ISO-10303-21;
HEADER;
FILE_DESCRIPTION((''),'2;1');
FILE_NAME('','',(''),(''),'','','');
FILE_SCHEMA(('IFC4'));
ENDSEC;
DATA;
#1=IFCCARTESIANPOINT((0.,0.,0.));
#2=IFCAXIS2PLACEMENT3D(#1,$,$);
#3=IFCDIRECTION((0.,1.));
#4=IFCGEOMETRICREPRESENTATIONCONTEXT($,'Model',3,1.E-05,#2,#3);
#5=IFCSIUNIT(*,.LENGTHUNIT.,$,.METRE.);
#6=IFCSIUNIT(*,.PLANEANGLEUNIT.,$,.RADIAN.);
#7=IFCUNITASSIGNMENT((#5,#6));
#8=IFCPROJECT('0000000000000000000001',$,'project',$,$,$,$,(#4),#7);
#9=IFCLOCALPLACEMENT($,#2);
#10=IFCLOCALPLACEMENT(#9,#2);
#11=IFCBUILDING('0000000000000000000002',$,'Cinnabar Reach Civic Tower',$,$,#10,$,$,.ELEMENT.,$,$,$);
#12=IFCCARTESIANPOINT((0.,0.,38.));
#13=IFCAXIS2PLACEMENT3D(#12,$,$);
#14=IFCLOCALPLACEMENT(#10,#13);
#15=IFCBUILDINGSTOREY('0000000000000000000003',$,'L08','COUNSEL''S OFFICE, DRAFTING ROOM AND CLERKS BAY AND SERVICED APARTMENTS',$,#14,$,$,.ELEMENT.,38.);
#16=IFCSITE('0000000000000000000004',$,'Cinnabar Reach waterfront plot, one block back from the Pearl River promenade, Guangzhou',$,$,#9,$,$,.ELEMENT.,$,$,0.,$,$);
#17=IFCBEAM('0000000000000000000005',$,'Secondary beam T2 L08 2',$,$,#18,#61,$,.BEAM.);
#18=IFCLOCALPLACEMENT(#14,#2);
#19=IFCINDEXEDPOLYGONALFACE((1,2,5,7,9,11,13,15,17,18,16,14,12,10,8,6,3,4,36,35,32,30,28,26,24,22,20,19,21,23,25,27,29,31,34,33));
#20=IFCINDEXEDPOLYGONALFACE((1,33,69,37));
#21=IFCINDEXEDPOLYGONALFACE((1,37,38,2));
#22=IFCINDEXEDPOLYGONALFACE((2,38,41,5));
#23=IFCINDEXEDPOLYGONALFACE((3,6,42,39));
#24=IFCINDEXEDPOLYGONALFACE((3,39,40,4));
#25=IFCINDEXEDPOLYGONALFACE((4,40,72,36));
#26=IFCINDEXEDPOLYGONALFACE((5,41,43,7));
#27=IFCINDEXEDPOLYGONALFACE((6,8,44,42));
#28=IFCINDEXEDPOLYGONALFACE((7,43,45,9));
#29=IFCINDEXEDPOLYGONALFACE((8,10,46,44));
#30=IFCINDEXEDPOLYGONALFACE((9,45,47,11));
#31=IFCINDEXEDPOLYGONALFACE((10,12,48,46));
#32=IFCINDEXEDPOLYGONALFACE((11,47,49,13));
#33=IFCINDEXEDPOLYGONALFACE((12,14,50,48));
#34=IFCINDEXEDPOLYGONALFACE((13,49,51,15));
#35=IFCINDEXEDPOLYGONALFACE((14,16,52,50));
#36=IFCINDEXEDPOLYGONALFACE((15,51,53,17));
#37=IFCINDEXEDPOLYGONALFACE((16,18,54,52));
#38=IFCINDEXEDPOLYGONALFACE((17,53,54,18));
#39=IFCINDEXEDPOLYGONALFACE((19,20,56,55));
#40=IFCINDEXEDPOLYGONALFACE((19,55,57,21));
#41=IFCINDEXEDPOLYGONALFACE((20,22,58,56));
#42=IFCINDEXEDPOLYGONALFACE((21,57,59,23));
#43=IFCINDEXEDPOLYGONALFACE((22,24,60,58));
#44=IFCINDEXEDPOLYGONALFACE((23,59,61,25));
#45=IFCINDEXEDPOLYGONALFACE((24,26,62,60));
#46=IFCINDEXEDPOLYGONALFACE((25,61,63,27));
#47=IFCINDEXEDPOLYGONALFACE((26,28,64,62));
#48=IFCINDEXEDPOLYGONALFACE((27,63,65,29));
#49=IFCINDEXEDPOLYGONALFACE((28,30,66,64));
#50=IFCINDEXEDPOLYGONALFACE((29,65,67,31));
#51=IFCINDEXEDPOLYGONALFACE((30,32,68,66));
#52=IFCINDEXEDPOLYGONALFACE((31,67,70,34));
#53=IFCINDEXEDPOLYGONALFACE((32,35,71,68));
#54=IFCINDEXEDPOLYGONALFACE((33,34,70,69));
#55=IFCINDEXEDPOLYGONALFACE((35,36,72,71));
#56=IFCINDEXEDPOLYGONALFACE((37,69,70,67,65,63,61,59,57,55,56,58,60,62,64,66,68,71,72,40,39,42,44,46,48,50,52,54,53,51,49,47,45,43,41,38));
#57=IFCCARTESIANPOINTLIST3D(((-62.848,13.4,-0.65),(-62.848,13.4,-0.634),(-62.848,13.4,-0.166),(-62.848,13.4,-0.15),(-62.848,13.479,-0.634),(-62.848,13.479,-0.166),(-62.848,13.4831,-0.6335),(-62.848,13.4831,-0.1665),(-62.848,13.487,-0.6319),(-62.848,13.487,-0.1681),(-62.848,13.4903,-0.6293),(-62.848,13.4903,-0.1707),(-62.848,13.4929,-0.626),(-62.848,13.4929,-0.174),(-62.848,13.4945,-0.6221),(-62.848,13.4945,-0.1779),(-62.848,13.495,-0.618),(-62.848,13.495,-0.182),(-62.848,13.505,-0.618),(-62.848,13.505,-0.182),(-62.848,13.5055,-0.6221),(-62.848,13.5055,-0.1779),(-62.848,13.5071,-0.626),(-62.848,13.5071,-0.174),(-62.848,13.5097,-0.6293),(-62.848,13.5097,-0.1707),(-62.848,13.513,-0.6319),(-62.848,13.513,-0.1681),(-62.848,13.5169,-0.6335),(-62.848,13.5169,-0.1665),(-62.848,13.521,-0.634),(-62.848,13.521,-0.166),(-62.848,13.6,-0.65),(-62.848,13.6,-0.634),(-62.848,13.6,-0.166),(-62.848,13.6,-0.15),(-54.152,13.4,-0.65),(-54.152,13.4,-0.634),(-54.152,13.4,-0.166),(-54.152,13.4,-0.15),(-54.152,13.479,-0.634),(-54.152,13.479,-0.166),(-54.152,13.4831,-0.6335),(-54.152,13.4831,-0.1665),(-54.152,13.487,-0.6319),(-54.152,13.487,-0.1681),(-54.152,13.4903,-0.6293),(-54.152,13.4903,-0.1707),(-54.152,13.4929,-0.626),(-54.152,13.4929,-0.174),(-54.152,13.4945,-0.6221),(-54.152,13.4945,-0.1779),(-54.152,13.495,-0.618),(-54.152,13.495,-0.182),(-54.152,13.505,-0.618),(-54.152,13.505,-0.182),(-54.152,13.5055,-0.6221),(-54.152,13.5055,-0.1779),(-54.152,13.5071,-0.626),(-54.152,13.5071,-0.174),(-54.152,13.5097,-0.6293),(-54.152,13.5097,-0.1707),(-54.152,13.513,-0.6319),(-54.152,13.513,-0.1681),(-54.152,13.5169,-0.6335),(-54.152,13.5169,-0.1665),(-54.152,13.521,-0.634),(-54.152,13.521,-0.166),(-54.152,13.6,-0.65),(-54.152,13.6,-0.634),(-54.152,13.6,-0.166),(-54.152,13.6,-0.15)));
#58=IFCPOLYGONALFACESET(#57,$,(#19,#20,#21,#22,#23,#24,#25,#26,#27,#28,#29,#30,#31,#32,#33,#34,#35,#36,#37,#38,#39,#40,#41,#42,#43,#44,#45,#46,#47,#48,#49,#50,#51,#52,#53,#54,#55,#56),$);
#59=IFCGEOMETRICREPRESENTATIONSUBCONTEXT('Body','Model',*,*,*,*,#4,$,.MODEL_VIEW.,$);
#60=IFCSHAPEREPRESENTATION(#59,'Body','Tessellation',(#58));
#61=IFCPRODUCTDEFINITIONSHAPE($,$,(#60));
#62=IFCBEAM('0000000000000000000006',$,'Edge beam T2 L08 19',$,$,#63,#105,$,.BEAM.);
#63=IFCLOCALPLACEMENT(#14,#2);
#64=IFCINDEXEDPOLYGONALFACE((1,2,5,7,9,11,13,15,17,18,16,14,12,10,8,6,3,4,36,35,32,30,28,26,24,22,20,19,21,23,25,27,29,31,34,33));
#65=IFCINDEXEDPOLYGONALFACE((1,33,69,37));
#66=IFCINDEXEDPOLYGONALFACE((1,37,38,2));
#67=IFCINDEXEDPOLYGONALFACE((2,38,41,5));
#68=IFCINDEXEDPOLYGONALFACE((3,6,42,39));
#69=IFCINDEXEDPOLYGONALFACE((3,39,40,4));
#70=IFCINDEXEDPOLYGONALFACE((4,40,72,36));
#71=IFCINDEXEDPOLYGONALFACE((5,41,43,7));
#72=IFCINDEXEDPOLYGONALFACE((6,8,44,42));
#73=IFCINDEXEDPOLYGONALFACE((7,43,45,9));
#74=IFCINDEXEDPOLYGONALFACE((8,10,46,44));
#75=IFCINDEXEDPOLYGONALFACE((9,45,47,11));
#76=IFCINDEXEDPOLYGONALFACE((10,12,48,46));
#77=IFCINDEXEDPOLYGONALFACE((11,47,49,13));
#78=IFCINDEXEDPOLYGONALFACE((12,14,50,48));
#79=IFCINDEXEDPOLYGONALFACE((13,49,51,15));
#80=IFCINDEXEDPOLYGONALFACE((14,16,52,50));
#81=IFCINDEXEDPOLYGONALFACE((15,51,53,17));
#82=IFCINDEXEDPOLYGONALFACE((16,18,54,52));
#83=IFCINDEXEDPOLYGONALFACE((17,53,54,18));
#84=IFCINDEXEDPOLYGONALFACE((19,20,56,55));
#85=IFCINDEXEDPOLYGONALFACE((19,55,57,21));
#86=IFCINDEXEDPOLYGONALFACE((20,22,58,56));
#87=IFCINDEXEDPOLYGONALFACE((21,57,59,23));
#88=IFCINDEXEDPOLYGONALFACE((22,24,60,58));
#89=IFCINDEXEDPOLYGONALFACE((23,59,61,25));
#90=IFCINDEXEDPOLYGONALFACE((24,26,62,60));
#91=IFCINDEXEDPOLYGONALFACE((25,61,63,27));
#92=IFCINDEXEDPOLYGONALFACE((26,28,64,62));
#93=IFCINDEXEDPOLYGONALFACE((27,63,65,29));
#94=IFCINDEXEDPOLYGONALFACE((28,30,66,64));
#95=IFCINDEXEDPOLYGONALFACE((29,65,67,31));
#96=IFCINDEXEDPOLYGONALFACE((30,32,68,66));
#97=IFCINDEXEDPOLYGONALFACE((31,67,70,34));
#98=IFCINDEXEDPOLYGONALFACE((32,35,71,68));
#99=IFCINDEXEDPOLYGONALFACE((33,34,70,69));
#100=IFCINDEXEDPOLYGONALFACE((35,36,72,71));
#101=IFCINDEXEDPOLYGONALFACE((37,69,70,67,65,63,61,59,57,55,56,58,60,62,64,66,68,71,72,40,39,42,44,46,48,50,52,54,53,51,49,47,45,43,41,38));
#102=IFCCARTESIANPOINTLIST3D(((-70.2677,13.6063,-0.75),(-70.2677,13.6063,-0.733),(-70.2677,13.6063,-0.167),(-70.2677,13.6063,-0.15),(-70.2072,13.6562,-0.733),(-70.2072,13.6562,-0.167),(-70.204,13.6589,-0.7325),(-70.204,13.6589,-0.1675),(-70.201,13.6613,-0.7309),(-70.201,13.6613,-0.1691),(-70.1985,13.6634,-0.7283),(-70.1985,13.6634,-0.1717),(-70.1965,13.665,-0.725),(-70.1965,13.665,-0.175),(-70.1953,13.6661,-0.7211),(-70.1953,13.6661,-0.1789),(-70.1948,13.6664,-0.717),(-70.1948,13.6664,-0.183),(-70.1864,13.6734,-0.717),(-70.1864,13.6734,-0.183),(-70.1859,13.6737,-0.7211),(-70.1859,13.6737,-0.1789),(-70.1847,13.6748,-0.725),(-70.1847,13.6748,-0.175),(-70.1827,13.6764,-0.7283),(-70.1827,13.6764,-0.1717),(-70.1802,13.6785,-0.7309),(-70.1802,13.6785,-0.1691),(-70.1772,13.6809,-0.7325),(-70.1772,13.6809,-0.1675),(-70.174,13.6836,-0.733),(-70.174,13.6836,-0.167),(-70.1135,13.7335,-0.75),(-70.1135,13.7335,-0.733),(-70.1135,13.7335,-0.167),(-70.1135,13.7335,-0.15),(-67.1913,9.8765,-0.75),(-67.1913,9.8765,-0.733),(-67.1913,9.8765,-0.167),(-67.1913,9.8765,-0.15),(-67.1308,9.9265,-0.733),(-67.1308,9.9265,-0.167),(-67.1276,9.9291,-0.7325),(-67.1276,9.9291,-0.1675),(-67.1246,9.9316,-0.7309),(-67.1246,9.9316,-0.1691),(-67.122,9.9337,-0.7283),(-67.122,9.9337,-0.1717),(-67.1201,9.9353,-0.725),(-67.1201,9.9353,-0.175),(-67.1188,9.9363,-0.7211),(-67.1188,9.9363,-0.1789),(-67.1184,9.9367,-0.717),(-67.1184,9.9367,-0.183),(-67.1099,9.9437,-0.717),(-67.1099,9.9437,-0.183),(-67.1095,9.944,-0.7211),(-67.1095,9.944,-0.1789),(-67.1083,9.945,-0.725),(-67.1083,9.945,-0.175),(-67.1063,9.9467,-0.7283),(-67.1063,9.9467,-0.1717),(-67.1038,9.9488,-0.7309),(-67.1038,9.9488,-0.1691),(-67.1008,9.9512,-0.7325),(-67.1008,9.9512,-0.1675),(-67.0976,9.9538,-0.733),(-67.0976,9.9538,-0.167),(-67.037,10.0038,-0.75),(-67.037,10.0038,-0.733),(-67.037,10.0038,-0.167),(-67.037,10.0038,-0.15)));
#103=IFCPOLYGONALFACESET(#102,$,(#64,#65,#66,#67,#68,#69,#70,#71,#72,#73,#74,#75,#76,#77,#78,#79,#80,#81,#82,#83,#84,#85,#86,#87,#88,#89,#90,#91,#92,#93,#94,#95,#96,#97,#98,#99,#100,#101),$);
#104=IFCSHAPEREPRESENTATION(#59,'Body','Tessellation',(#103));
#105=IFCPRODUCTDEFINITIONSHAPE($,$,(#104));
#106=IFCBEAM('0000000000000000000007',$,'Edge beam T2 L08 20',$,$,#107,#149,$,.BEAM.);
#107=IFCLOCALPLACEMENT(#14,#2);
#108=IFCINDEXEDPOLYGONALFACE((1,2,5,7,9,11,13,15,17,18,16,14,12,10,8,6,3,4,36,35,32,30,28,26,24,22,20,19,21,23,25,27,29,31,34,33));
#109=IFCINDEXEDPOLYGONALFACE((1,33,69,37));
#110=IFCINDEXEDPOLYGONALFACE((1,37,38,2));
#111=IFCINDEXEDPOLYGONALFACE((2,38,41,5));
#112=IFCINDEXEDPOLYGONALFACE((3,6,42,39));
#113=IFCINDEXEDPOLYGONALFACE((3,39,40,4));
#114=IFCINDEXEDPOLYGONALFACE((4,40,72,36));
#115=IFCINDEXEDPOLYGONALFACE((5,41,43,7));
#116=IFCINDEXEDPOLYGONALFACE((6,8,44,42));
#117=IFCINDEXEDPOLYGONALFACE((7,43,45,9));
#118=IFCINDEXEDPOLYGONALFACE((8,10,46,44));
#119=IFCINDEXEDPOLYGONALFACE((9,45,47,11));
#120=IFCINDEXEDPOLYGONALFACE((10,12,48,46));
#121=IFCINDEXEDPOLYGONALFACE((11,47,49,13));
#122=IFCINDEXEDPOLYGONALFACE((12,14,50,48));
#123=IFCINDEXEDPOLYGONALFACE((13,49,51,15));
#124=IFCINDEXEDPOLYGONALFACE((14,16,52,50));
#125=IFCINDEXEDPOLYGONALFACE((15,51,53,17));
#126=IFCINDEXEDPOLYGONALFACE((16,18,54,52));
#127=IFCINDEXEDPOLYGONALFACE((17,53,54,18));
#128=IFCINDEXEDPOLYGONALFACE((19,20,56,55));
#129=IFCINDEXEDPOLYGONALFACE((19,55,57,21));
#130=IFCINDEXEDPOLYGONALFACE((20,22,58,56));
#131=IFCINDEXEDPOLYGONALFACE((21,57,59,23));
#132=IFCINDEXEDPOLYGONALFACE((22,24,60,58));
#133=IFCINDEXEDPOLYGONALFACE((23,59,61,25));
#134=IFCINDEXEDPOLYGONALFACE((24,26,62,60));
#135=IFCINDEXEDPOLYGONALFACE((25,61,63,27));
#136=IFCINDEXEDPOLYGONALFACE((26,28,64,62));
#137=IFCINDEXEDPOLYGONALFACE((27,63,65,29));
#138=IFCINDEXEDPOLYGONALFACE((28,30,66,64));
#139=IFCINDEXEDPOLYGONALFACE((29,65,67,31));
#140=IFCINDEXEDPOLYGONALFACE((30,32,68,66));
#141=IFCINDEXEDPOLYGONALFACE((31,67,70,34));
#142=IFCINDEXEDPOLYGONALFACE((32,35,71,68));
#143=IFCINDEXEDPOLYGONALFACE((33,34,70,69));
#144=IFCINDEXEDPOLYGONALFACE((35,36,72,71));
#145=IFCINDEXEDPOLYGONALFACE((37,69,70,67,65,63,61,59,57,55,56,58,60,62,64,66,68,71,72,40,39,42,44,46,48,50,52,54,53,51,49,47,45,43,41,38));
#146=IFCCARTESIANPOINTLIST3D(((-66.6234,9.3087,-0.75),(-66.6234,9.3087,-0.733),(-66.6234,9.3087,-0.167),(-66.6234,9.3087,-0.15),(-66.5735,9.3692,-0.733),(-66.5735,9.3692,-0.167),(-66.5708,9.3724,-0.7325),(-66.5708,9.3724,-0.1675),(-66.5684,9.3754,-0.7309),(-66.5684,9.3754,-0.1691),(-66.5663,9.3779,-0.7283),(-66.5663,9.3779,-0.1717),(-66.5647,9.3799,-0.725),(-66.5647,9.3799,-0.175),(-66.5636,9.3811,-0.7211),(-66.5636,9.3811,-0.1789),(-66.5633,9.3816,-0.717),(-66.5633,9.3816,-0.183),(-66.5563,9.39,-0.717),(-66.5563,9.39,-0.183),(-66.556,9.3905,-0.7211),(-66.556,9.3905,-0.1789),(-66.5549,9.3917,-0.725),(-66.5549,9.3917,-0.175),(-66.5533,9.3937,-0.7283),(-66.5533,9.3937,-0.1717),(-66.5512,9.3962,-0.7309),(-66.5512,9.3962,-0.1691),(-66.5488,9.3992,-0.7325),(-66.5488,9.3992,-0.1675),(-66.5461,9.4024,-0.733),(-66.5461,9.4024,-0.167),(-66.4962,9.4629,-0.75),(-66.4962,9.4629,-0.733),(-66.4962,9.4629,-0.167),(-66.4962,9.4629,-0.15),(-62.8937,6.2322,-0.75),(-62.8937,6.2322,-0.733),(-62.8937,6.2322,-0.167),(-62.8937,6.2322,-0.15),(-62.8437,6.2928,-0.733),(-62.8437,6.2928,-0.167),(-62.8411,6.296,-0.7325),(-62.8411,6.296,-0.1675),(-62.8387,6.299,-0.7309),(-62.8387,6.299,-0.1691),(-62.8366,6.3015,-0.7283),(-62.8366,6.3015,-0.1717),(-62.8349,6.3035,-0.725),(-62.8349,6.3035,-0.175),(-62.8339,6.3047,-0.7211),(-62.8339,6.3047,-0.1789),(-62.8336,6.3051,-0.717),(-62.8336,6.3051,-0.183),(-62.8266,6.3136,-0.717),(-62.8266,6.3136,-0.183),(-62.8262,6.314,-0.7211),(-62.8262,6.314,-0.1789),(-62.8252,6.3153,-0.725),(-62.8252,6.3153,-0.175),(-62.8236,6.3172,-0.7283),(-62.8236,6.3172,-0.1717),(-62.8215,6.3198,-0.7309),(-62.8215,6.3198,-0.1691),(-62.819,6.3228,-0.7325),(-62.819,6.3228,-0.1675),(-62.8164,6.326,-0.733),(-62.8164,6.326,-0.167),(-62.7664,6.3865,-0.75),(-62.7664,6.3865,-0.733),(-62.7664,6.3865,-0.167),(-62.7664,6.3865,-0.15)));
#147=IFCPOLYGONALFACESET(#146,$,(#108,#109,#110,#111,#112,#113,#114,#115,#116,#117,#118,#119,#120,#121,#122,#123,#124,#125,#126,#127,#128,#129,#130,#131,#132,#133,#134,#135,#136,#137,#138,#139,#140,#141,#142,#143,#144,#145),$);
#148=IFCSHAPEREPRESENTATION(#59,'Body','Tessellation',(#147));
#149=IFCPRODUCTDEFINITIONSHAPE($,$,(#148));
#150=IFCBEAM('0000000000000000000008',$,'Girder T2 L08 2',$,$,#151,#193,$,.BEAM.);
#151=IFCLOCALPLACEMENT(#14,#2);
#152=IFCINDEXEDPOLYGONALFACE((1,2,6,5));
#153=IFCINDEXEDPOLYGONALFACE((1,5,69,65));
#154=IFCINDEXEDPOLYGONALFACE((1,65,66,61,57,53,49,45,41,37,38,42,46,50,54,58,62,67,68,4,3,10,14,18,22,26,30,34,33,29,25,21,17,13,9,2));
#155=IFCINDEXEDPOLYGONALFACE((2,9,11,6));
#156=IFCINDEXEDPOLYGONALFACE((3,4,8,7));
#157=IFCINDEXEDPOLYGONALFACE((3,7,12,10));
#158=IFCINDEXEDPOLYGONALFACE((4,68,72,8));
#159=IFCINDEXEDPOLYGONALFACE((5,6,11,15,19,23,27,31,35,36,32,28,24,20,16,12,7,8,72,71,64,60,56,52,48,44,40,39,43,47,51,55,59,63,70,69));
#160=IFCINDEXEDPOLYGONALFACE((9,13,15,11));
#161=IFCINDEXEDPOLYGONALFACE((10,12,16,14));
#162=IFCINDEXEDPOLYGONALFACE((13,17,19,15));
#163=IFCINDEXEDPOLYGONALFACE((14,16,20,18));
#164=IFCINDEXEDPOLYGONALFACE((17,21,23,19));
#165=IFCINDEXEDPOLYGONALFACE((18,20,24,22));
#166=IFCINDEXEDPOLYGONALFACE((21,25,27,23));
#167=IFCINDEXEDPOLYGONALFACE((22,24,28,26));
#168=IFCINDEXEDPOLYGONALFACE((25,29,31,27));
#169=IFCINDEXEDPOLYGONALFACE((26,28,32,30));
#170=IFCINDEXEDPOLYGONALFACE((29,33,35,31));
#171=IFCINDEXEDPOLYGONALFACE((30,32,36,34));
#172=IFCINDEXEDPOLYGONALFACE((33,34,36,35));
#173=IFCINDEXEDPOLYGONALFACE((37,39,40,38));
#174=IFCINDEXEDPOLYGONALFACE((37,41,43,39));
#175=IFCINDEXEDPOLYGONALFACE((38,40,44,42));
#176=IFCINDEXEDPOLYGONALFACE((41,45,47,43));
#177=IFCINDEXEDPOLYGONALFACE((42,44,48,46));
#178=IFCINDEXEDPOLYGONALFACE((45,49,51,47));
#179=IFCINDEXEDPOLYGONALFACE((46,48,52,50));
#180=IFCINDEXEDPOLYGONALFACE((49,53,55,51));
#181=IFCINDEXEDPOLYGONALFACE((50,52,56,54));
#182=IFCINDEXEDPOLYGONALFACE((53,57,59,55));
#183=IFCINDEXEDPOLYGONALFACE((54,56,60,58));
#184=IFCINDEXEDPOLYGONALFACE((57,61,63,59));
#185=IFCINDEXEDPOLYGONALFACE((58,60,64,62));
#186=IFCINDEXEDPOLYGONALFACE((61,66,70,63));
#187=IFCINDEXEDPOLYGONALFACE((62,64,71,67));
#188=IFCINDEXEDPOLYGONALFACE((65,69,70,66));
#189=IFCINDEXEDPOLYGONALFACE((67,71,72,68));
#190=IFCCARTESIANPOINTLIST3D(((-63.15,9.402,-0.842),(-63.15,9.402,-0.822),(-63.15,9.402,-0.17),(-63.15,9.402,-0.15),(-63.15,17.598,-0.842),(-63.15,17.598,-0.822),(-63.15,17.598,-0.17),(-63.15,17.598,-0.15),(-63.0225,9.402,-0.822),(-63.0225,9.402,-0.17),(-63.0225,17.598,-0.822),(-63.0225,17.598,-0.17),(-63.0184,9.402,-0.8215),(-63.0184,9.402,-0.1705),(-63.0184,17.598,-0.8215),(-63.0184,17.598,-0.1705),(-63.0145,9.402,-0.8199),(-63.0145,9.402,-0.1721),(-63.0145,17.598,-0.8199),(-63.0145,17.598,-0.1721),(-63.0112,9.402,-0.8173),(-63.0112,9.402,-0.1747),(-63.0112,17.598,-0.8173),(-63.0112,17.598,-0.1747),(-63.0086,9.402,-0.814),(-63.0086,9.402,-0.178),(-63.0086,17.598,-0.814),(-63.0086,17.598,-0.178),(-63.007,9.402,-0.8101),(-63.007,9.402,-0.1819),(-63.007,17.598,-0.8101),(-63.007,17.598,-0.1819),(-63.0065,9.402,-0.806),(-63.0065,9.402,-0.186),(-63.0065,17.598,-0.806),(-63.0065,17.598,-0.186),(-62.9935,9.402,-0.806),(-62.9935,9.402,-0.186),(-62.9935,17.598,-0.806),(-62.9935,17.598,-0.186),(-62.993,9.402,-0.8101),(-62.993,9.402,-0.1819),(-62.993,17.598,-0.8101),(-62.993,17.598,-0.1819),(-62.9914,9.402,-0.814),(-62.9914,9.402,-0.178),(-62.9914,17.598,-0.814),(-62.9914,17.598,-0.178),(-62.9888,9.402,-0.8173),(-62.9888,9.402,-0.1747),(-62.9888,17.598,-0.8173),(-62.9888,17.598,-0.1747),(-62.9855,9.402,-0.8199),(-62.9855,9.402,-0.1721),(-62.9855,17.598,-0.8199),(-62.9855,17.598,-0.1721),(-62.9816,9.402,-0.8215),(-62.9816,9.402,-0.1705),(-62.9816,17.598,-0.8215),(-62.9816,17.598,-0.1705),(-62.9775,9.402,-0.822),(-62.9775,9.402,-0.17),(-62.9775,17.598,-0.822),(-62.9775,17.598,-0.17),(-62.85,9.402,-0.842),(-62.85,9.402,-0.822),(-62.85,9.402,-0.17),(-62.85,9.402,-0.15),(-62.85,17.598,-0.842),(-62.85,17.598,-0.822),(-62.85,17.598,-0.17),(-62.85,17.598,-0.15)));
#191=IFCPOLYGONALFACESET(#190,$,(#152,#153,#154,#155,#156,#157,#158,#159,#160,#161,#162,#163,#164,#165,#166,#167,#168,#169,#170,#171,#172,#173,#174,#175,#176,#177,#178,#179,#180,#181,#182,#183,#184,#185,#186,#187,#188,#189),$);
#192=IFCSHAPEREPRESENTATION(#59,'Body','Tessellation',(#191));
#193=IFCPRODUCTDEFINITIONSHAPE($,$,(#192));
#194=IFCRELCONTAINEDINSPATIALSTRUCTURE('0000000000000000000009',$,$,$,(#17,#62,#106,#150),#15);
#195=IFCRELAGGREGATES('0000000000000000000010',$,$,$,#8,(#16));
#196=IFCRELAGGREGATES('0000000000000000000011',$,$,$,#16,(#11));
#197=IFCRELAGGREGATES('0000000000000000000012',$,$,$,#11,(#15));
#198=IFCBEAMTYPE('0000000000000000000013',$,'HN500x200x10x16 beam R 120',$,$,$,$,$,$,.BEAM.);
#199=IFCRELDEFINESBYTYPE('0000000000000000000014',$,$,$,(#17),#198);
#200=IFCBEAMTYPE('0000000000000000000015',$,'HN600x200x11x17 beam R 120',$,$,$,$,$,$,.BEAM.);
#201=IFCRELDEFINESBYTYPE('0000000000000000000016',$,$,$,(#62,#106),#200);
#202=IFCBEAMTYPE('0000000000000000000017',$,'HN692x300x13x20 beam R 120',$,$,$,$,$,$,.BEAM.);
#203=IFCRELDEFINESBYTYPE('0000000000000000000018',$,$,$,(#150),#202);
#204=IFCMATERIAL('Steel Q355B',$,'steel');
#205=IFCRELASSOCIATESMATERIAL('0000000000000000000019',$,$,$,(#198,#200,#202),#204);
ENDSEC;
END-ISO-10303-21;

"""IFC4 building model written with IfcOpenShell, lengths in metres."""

from ifc_helpers import new_model, si_unit, direction, frame, origin, origin_2d, place, context, subcontext, project, spatial, i_section, extrude, material, material_profile, profile_set, type_object, element, save


model = new_model("IFC4")

# Units and contexts
model_context = context("Model", 3, precision=1e-05, world=origin(), true_north=direction((0.0, 1.0)))
body_context = subcontext(model_context, "Body", "Model", "MODEL_VIEW")
ifc_project = project(units=[si_unit("LENGTHUNIT", "METRE"), si_unit("PLANEANGLEUNIT", "RADIAN")], contexts=[model_context])

# Site, building, storey
site_placement = place(None, origin())
site = spatial("IfcSite", under=ifc_project, at=site_placement, Name="Cinnabar Reach waterfront plot, one block back from the Pearl River promenade, Guangzhou", CompositionType="ELEMENT", RefElevation=0.0)
building_placement = place(site_placement, origin())
building = spatial("IfcBuilding", under=site, at=building_placement, Name="Cinnabar Reach Civic Tower", CompositionType="ELEMENT")
storey_placement = place(building_placement, frame((0.0, 0.0, 38.0)))
storey = spatial("IfcBuildingStorey", under=building, at=storey_placement, Name="L08", Description="COUNSEL'S OFFICE, DRAFTING ROOM AND CLERKS BAY AND SERVICED APARTMENTS", CompositionType="ELEMENT", Elevation=38.0)

# Beams
ifc_material_1 = material(Name="Steel Q355B", Category="steel")
ifc_material_profile_1 = material_profile(ifc_material_1, i_section(OverallWidth=0.2, OverallDepth=0.5, WebThickness=0.01, FlangeThickness=0.016, FilletRadius=0.016, at=origin_2d()), Name="HN500x200x10x16")
ifc_profile_set_1 = profile_set([ifc_material_profile_1], Name="Steel Q355B")
beam_type_1 = type_object("IfcBeamType", Name="HN500x200x10x16 beam R 120", PredefinedType="BEAM", material=ifc_profile_set_1)
beam_1_placement = place(storey_placement, frame((-62.848, 13.5, -0.4), z_axis=(1.0, 0.0, 0.0), x_axis=(0.0, 1.0, 0.0)))
element("IfcBeam", 1, at=beam_1_placement, inside=storey, type_object=beam_type_1, Name="Secondary beam T2 L08 2", PredefinedType="BEAM", context=body_context, shape_type="SweptSolid", body=[
    extrude(i_section(OverallWidth=0.2, OverallDepth=0.5, WebThickness=0.01, FlangeThickness=0.016, FilletRadius=0.016, at=origin_2d()), origin(), (0.0, 0.0, 1.0), 8.696),
])
ifc_material_profile_2 = material_profile(ifc_material_1, i_section(OverallWidth=0.2, OverallDepth=0.6, WebThickness=0.011, FlangeThickness=0.017, FilletRadius=0.016, at=origin_2d()), Name="HN600x200x11x17")
ifc_profile_set_2 = profile_set([ifc_material_profile_2], Name="Steel Q355B")
beam_type_2 = type_object("IfcBeamType", Name="HN600x200x11x17 beam R 120", PredefinedType="BEAM", material=ifc_profile_set_2)
for number, where, z_axis, x_axis, name in (
    (2, (-70.1906, 13.6699, -0.45), (0.636309, -0.771434, 0.0), (0.771434, 0.636309, 0.0), "Edge beam T2 L08 19"),
    (3, (-66.5598, 9.3858, -0.45), (0.771434, -0.636309, 0.0), (0.636309, 0.771434, 0.0), "Edge beam T2 L08 20"),
):
    element("IfcBeam", number, at=place(storey_placement, frame(where, z_axis=z_axis, x_axis=x_axis)), inside=storey, type_object=beam_type_2, Name=name, PredefinedType="BEAM", context=body_context, shape_type="SweptSolid", body=[
        extrude(i_section(OverallWidth=0.2, OverallDepth=0.6, WebThickness=0.011, FlangeThickness=0.017, FilletRadius=0.016, at=origin_2d()), origin(), (0.0, 0.0, 1.0), 4.8348),
    ])
ifc_material_profile_3 = material_profile(ifc_material_1, i_section(OverallWidth=0.3, OverallDepth=0.692, WebThickness=0.013, FlangeThickness=0.02, FilletRadius=0.016, at=origin_2d()), Name="HN692x300x13x20")
ifc_profile_set_3 = profile_set([ifc_material_profile_3], Name="Steel Q355B")
beam_type_3 = type_object("IfcBeamType", Name="HN692x300x13x20 beam R 120", PredefinedType="BEAM", material=ifc_profile_set_3)
beam_2_placement = place(storey_placement, frame((-63.0, 9.402, -0.496), z_axis=(0.0, 1.0, 0.0), x_axis=(-1.0, 0.0, 0.0)))
element("IfcBeam", 4, at=beam_2_placement, inside=storey, type_object=beam_type_3, Name="Girder T2 L08 2", PredefinedType="BEAM", context=body_context, shape_type="SweptSolid", body=[
    extrude(i_section(OverallWidth=0.3, OverallDepth=0.692, WebThickness=0.013, FlangeThickness=0.02, FilletRadius=0.016, at=origin_2d()), origin(), (0.0, 0.0, 1.0), 8.196),
])

save(model, "model.ifc")
